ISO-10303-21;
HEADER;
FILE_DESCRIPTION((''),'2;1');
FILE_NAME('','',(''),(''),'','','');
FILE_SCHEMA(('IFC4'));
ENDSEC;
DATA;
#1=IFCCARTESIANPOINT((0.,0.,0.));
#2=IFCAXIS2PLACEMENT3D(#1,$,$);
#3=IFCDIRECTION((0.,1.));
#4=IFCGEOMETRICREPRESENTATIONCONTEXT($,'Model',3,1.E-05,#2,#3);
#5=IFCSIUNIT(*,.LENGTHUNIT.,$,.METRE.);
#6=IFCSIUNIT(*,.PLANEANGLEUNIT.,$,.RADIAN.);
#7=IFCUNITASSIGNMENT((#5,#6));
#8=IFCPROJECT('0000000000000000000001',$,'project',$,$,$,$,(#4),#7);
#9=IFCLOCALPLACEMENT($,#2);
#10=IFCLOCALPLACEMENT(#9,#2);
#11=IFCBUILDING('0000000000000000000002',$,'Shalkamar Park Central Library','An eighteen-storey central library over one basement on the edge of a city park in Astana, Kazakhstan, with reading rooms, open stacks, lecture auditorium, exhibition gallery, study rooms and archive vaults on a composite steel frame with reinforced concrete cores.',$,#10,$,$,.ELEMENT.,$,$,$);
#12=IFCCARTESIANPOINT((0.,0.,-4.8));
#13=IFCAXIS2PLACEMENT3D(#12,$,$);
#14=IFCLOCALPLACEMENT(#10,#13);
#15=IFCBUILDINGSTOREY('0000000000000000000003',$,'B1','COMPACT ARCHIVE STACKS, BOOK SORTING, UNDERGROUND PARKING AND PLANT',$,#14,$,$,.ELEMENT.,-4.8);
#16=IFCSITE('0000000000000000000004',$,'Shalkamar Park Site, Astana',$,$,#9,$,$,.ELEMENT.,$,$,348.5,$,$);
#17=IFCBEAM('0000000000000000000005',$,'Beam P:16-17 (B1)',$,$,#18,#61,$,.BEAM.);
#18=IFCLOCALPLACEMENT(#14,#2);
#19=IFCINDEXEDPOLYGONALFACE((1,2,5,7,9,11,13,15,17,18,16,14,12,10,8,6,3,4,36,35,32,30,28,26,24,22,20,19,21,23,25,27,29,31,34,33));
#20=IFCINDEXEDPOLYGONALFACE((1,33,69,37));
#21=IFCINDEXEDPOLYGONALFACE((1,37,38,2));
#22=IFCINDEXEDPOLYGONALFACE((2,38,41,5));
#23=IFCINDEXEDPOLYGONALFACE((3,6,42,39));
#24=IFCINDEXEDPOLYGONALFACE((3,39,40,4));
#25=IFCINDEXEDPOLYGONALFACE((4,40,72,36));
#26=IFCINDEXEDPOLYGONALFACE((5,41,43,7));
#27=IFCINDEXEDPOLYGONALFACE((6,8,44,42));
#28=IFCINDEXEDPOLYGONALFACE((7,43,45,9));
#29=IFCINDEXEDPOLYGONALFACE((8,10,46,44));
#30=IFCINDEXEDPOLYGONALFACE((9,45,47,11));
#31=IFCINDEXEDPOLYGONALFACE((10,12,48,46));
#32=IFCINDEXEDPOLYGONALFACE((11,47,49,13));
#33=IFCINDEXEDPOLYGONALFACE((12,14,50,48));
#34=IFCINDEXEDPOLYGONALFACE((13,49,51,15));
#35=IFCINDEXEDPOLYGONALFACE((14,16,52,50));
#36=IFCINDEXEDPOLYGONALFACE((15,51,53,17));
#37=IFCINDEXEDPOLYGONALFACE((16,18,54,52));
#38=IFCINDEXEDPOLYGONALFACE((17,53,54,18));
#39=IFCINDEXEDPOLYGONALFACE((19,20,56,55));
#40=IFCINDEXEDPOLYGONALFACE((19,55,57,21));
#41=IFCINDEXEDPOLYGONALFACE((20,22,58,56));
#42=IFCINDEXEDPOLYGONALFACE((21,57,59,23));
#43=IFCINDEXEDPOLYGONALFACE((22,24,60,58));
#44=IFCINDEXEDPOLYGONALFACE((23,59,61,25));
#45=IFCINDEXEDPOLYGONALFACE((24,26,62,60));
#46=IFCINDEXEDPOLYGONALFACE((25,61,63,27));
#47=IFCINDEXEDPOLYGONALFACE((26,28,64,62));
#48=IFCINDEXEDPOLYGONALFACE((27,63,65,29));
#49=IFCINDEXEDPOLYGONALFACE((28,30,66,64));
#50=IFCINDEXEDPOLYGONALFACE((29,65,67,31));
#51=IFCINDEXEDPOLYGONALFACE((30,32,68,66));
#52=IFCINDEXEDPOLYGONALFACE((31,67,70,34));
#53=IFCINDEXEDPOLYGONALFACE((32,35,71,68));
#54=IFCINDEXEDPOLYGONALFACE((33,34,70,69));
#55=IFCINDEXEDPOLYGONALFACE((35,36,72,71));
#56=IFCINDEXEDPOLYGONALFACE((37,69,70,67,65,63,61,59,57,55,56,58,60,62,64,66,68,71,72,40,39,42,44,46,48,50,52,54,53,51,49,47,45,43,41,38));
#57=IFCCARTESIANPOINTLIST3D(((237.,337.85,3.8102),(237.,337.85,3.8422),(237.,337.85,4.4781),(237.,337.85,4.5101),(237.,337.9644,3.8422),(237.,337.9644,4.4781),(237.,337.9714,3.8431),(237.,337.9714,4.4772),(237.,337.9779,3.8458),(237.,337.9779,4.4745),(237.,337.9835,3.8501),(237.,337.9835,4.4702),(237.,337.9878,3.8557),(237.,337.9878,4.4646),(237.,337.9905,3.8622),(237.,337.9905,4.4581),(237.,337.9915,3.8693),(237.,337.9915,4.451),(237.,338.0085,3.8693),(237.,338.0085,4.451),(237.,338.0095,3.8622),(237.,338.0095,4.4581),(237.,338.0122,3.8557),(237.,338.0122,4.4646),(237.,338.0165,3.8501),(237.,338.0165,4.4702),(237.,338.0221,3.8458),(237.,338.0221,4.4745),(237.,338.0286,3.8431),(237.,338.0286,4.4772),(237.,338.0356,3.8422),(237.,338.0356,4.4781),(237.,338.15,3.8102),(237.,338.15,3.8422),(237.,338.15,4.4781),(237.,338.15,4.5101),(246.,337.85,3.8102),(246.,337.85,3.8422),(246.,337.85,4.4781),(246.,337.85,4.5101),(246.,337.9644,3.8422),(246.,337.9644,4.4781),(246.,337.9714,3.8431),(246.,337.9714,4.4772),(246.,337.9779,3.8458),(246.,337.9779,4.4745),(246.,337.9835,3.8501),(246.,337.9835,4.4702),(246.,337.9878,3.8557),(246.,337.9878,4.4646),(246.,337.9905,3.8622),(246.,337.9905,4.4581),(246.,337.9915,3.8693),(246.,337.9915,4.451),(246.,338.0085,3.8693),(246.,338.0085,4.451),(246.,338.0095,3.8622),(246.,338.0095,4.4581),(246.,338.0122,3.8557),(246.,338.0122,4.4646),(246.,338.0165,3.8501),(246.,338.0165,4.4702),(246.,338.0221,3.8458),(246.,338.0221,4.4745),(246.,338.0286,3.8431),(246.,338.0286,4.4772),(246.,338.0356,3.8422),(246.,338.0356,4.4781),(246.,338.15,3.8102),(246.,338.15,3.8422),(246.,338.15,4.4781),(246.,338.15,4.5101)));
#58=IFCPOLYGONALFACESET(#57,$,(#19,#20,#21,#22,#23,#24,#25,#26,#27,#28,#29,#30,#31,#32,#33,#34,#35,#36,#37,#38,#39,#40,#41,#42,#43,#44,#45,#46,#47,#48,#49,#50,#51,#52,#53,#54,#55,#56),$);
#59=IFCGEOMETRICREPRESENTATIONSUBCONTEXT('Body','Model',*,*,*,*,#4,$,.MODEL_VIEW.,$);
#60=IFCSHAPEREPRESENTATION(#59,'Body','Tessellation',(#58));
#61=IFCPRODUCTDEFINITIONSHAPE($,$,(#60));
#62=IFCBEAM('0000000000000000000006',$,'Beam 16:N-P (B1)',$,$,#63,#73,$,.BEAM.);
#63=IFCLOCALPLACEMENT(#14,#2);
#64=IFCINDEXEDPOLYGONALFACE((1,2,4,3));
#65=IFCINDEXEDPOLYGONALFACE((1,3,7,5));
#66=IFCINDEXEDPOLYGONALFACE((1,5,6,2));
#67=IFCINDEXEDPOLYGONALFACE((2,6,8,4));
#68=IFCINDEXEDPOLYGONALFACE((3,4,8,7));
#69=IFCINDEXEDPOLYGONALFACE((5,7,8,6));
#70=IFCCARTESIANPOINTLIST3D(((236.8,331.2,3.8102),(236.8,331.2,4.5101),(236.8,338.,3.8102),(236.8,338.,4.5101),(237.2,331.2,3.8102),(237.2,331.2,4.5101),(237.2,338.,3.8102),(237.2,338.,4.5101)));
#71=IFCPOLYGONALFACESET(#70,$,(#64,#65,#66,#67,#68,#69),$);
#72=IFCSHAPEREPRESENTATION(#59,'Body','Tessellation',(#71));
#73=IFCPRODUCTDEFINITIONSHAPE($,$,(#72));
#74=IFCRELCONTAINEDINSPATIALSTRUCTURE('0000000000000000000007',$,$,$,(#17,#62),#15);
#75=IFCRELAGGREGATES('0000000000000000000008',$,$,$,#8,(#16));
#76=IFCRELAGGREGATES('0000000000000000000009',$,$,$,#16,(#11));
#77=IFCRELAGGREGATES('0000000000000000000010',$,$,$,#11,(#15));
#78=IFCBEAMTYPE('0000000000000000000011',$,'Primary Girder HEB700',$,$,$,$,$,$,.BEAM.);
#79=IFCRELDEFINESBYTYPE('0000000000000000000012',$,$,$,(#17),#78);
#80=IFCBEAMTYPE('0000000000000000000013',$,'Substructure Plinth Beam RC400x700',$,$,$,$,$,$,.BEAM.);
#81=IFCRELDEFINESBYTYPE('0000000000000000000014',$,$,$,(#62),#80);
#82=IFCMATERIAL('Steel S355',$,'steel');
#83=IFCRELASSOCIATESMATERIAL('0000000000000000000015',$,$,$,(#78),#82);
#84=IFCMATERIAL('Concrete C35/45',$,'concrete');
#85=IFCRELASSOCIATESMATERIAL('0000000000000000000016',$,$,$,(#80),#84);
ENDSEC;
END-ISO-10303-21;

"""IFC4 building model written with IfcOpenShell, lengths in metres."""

from ifc_helpers import new_model, si_unit, direction, frame, origin, origin_2d, place, context, subcontext, project, spatial, rectangle, i_section, extrude, material, material_profile, profile_set, type_object, element, save


model = new_model("IFC4")

# Units and contexts
model_context = context("Model", 3, precision=1e-05, world=origin(), true_north=direction((0.0, 1.0)))
body_context = subcontext(model_context, "Body", "Model", "MODEL_VIEW")
ifc_project = project(units=[si_unit("LENGTHUNIT", "METRE"), si_unit("PLANEANGLEUNIT", "RADIAN")], contexts=[model_context])

# Site, building, storey
site_placement = place(None, origin())
site = spatial("IfcSite", under=ifc_project, at=site_placement, Name="Shalkamar Park Site, Astana", CompositionType="ELEMENT", RefElevation=348.5)
building_placement = place(site_placement, origin())
building = spatial("IfcBuilding", under=site, at=building_placement, Name="Shalkamar Park Central Library", Description="An eighteen-storey central library over one basement on the edge of a city park in Astana, Kazakhstan, with reading rooms, open stacks, lecture auditorium, exhibition gallery, study rooms and archive vaults on a composite steel frame with reinforced concrete cores.", CompositionType="ELEMENT")
storey_placement = place(building_placement, frame((0.0, 0.0, -4.8)))
storey = spatial("IfcBuildingStorey", under=building, at=storey_placement, Name="B1", Description="COMPACT ARCHIVE STACKS, BOOK SORTING, UNDERGROUND PARKING AND PLANT", CompositionType="ELEMENT", Elevation=-4.8)

# Shared definitions
ifc_material_1 = material(Name="Concrete C35/45", Category="concrete")

# Shared definitions
ifc_material_2 = material(Name="Steel S355", Category="steel")

# Beams
ifc_material_profile_1 = material_profile(ifc_material_2, i_section(OverallWidth=0.3, OverallDepth=0.7, WebThickness=0.0171, FlangeThickness=0.032, FilletRadius=0.0271, at=origin_2d()), Name="HEB 700")
ifc_profile_set_1 = profile_set([ifc_material_profile_1], Name="Steel S355")
beam_type_1 = type_object("IfcBeamType", Name="Primary Girder HEB700", PredefinedType="BEAM", material=ifc_profile_set_1)
for number, where, z_axis, x_axis, name in (
    (1, (237.0, 338.0, 4.1602), (1.0, 0.0, 0.0), (0.0, 1.0, 0.0), "Beam P:16-17 (B1)"),
):
    element("IfcBeam", number, at=place(storey_placement, frame(where, z_axis=z_axis, x_axis=x_axis)), inside=storey, type_object=beam_type_1, Name=name, PredefinedType="BEAM", context=body_context, shape_type="SweptSolid", body=[
        extrude(i_section(OverallWidth=0.3, OverallDepth=0.7, WebThickness=0.0171, FlangeThickness=0.032, FilletRadius=0.0271, at=origin_2d()), origin(), (0.0, 0.0, 1.0), 9.0),
    ])
ifc_material_profile_2 = material_profile(ifc_material_1, rectangle(XDim=0.3999, YDim=0.7, at=origin_2d()), Name="RC 400x700")
ifc_profile_set_2 = profile_set([ifc_material_profile_2], Name="Concrete C35/45")
beam_type_2 = type_object("IfcBeamType", Name="Substructure Plinth Beam RC400x700", PredefinedType="BEAM", material=ifc_profile_set_2)
beam_1_placement = place(storey_placement, frame((237.0, 331.2, 4.1602), z_axis=(0.0, 1.0, 0.0), x_axis=(-1.0, 0.0, 0.0)))
element("IfcBeam", 2, at=beam_1_placement, inside=storey, type_object=beam_type_2, Name="Beam 16:N-P (B1)", PredefinedType="BEAM", context=body_context, shape_type="SweptSolid", body=[
    extrude(rectangle(XDim=0.3999, YDim=0.7, at=origin_2d()), origin(), (0.0, 0.0, 1.0), 6.8),
])

save(model, "model.ifc")
